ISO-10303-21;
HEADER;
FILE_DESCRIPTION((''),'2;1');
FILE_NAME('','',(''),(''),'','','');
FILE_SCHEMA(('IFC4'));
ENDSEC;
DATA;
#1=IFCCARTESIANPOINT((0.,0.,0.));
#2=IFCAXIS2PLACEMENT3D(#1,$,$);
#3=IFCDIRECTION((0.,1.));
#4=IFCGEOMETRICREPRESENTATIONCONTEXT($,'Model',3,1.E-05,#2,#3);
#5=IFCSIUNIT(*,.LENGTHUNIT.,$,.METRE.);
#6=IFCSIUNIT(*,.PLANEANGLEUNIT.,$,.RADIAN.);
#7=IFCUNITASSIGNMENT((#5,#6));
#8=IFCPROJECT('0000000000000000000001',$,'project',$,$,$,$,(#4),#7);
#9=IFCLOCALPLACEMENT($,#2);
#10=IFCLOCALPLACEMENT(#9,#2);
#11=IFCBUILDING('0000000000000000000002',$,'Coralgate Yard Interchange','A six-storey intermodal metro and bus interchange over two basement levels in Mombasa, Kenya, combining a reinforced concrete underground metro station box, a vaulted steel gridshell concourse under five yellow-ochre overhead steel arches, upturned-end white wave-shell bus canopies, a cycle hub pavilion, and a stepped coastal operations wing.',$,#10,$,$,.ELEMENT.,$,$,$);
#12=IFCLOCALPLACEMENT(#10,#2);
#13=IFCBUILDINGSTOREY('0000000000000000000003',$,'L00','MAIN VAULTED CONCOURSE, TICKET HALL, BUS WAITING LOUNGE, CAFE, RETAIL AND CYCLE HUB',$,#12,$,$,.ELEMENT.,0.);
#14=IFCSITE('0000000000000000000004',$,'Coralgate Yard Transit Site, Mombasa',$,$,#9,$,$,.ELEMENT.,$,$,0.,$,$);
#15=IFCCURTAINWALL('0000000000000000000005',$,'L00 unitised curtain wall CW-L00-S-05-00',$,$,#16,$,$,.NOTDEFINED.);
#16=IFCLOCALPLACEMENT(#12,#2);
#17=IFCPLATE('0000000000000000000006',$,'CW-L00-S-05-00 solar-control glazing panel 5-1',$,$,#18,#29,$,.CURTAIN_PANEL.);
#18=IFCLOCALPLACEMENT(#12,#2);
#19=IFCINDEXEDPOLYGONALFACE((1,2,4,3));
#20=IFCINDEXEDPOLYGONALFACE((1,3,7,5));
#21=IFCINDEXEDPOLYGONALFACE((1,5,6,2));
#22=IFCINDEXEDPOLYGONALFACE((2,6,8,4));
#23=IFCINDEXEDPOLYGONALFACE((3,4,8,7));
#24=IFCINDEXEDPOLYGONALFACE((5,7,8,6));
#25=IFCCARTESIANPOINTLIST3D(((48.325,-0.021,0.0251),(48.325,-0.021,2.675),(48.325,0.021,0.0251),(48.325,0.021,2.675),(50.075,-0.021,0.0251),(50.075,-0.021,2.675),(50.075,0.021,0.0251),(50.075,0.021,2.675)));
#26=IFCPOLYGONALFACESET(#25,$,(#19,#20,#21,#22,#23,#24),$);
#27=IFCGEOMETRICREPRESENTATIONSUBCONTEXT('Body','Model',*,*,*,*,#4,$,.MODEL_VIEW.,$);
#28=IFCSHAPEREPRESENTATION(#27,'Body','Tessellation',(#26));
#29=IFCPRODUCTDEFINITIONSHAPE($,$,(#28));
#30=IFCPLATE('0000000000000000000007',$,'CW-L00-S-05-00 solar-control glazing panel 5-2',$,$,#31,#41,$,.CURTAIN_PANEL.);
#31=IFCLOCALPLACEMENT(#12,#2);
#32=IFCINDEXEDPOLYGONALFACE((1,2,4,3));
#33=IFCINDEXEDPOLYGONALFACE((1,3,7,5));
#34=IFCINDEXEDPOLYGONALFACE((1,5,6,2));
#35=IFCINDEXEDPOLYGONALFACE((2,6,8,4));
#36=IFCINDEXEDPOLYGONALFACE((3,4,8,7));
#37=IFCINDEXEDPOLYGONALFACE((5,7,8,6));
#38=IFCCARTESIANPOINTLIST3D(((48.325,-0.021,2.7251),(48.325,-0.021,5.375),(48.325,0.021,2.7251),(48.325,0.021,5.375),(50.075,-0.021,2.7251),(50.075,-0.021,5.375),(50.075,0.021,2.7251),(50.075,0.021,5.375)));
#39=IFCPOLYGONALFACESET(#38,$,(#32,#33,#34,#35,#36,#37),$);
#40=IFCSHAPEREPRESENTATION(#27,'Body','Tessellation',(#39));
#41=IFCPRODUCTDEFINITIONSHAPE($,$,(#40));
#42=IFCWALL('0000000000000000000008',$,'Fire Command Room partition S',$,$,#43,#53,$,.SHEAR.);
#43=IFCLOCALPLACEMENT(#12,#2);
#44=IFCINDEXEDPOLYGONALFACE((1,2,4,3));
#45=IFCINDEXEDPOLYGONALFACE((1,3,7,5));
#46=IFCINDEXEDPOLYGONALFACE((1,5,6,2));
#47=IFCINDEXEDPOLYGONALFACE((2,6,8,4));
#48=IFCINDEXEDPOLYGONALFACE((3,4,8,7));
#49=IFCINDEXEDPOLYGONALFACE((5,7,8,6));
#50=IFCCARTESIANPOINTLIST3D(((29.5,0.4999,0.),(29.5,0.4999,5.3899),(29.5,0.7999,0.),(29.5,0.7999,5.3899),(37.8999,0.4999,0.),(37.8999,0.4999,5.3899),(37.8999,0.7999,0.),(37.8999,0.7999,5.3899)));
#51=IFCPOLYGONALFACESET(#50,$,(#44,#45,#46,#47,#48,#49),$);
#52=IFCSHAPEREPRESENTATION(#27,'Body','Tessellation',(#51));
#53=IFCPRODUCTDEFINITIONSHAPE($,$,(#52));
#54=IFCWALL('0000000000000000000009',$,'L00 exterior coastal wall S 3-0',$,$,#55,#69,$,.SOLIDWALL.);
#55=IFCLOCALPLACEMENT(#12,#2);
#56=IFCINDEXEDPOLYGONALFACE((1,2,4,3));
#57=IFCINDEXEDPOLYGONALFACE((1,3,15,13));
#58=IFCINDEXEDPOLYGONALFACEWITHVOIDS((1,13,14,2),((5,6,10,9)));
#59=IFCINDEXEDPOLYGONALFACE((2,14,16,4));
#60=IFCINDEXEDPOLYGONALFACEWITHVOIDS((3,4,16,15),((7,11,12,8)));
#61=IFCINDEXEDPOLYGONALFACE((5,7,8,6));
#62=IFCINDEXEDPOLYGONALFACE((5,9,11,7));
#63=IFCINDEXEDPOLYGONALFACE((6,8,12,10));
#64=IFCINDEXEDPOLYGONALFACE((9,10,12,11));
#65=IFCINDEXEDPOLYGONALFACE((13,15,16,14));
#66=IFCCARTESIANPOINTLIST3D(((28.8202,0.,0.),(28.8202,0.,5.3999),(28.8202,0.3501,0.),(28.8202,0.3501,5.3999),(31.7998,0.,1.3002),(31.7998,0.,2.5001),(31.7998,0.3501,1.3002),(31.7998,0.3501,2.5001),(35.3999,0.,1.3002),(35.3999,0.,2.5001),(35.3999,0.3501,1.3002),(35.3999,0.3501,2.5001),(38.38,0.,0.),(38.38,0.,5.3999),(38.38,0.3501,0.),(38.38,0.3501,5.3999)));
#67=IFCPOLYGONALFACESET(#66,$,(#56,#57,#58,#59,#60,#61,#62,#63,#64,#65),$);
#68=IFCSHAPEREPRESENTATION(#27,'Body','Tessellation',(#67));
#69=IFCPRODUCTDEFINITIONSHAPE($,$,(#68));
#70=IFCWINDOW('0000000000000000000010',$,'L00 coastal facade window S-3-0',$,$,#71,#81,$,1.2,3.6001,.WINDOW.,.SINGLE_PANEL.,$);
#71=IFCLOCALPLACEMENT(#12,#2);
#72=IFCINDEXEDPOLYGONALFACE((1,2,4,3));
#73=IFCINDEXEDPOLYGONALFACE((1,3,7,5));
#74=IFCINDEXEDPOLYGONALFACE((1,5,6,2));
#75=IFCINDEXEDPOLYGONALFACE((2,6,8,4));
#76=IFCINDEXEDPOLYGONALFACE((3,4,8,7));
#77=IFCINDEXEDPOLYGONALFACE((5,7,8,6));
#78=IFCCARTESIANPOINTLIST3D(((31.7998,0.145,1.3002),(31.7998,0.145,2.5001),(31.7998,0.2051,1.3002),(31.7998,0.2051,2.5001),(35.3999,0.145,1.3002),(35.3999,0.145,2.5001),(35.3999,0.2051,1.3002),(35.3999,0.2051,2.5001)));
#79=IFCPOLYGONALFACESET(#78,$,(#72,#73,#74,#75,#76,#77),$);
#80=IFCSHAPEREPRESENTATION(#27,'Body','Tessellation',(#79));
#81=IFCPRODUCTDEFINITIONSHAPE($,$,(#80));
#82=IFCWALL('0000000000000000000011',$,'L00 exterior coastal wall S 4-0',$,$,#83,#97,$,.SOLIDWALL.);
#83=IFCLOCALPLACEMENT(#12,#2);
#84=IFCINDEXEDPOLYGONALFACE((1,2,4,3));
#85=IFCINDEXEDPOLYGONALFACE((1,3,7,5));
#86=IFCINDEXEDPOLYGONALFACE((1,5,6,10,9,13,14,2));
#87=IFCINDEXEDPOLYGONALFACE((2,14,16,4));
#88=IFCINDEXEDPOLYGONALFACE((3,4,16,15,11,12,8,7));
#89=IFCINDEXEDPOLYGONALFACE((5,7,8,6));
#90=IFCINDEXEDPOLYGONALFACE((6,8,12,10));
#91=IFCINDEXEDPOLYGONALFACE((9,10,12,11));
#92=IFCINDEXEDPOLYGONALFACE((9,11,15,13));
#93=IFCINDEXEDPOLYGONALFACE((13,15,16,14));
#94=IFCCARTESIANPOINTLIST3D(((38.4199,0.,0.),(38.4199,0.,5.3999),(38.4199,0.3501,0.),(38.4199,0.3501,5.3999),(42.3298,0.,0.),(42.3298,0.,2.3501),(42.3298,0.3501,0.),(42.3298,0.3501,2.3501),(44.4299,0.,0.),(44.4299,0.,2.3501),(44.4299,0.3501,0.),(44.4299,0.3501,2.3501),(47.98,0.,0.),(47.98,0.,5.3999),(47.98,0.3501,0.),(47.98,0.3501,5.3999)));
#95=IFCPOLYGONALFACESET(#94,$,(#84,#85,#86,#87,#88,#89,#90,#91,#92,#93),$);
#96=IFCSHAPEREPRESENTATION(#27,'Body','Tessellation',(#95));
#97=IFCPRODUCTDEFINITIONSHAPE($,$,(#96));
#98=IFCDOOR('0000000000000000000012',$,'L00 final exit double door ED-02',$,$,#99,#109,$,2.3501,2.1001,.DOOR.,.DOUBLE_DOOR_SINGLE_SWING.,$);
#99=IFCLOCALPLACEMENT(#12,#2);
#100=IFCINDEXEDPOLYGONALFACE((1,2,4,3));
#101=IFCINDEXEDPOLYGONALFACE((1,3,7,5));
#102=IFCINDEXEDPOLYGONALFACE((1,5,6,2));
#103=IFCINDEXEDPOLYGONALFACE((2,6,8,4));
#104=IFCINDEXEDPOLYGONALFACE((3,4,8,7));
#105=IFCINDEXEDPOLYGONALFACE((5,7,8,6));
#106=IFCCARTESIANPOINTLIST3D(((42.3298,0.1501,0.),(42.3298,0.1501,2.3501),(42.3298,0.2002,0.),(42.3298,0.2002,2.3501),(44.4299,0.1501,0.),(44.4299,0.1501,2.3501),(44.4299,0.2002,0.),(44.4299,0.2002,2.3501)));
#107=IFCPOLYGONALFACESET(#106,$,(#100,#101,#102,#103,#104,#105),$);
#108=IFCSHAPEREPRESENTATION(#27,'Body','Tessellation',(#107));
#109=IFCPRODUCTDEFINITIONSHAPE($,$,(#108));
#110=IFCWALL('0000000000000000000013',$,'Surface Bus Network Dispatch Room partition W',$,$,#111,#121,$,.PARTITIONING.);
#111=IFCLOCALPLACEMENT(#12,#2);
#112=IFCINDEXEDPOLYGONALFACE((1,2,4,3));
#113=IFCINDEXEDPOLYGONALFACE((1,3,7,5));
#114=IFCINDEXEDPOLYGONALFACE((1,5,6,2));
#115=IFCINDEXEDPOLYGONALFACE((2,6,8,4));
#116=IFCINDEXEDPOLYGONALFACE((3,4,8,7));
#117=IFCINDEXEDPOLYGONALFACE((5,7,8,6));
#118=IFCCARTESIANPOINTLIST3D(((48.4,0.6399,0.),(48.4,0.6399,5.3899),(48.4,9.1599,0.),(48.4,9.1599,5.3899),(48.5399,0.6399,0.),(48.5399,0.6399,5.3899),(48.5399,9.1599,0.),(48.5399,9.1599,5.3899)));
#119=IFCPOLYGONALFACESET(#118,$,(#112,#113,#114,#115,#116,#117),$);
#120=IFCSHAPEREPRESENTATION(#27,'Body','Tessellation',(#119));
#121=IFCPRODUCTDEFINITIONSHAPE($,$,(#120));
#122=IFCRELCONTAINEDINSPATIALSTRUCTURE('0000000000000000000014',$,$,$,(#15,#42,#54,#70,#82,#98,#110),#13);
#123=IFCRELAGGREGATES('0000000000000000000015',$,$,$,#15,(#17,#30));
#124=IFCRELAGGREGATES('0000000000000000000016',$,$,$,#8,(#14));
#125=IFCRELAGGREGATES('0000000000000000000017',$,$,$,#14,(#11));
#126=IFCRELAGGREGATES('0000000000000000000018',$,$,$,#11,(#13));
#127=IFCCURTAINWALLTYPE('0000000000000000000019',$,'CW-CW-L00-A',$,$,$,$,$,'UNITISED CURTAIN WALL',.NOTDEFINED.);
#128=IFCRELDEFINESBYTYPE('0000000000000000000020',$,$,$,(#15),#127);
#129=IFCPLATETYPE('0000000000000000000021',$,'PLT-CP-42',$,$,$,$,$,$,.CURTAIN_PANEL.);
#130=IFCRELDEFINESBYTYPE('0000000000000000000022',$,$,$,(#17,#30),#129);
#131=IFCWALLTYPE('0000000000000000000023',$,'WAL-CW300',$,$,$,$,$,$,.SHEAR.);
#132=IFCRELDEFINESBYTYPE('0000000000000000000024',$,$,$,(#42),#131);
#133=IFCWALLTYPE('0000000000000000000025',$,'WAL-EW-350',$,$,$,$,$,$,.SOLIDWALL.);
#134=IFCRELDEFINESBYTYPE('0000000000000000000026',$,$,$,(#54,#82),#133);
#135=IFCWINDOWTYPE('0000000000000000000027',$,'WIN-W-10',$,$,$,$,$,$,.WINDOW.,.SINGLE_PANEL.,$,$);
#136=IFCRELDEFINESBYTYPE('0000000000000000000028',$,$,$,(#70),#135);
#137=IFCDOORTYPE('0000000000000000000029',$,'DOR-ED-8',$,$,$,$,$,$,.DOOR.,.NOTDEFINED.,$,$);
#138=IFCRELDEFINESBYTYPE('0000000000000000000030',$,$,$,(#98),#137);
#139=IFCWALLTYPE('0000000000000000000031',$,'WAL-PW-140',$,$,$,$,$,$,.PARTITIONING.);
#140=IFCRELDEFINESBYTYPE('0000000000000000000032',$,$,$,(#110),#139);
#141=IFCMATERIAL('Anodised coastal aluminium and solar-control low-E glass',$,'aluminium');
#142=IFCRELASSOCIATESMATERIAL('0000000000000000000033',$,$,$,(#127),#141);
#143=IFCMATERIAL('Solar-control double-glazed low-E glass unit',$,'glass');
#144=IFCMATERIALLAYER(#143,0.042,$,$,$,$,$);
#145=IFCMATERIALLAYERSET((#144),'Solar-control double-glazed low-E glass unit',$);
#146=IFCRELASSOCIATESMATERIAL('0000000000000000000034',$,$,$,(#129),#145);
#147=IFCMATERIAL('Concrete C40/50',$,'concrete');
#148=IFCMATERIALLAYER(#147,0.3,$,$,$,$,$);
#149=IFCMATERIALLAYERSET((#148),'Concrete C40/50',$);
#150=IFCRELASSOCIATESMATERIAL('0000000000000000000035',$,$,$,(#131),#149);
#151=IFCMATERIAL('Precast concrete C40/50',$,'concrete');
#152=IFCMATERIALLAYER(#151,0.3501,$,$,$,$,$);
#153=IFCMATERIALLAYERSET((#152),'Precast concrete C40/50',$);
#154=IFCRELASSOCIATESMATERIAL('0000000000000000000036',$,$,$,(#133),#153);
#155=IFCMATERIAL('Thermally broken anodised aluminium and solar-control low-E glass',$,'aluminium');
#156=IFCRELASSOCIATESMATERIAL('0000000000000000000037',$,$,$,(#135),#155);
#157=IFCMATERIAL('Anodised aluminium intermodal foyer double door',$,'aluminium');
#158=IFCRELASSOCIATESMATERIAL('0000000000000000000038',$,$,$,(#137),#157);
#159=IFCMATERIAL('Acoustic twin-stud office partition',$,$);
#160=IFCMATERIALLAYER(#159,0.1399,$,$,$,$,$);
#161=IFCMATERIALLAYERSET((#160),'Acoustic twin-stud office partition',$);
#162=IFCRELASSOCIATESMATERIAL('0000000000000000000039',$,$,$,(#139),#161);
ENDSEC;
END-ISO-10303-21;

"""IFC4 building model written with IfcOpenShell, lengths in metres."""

from ifc_helpers import new_model, si_unit, direction, frame, frame_2d, origin, origin_2d, place, context, subcontext, project, spatial, rectangle, extrude, material, layer, layer_set, type_object, element, fill, aggregate, save


model = new_model("IFC4")

# Units and contexts
model_context = context("Model", 3, precision=1e-05, world=origin(), true_north=direction((0.0, 1.0)))
body_context = subcontext(model_context, "Body", "Model", "MODEL_VIEW")
ifc_project = project(units=[si_unit("LENGTHUNIT", "METRE"), si_unit("PLANEANGLEUNIT", "RADIAN")], contexts=[model_context])

# Site, building, storey
site_placement = place(None, origin())
site = spatial("IfcSite", under=ifc_project, at=site_placement, Name="Coralgate Yard Transit Site, Mombasa", CompositionType="ELEMENT", RefElevation=0.0)
building_placement = place(site_placement, origin())
building = spatial("IfcBuilding", under=site, at=building_placement, Name="Coralgate Yard Interchange", Description="A six-storey intermodal metro and bus interchange over two basement levels in Mombasa, Kenya, combining a reinforced concrete underground metro station box, a vaulted steel gridshell concourse under five yellow-ochre overhead steel arches, upturned-end white wave-shell bus canopies, a cycle hub pavilion, and a stepped coastal operations wing.", CompositionType="ELEMENT")
storey_placement = place(building_placement, origin())
storey = spatial("IfcBuildingStorey", under=building, at=storey_placement, Name="L00", Description="MAIN VAULTED CONCOURSE, TICKET HALL, BUS WAITING LOUNGE, CAFE, RETAIL AND CYCLE HUB", CompositionType="ELEMENT", Elevation=0.0)

# Shared definitions
ifc_material_1 = material(Name="Concrete C40/50", Category="concrete")

# Curtain wall, plates
ifc_material_2 = material(Name="Anodised coastal aluminium and solar-control low-E glass", Category="aluminium")
curtain_wall_type = type_object("IfcCurtainWallType", Name="CW-CW-L00-A", ElementType="UNITISED CURTAIN WALL", PredefinedType="NOTDEFINED", material=ifc_material_2)
curtain_wall_placement = place(storey_placement, origin())
curtain_wall = element("IfcCurtainWall", 1, at=curtain_wall_placement, inside=storey, type_object=curtain_wall_type, Name="L00 unitised curtain wall CW-L00-S-05-00", PredefinedType="NOTDEFINED")
ifc_material_3 = material(Name="Solar-control double-glazed low-E glass unit", Category="glass")
ifc_layer_1 = layer(ifc_material_3, 0.042)
ifc_layer_set_1 = layer_set([ifc_layer_1], Name="Solar-control double-glazed low-E glass unit")
plate_type = type_object("IfcPlateType", Name="PLT-CP-42", PredefinedType="CURTAIN_PANEL", material=ifc_layer_set_1)
plate_1_placement = place(storey_placement, frame((49.2, 0.0, 0.0251), z_axis=(0.0, 0.0, 1.0), x_axis=(-1.0, 0.0, 0.0)))
plate_1 = element("IfcPlate", 2, at=plate_1_placement, type_object=plate_type, Name="CW-L00-S-05-00 solar-control glazing panel 5-1", PredefinedType="CURTAIN_PANEL", context=body_context, shape_type="SweptSolid", body=[
    extrude(rectangle(XDim=1.75, YDim=0.042, at=origin_2d()), origin(), (0.0, 0.0, 1.0), 2.6499),
])
plate_2_placement = place(storey_placement, frame((49.2, 0.0, 2.7251), z_axis=(0.0, 0.0, 1.0), x_axis=(-1.0, 0.0, 0.0)))
plate_2 = element("IfcPlate", 3, at=plate_2_placement, type_object=plate_type, Name="CW-L00-S-05-00 solar-control glazing panel 5-2", PredefinedType="CURTAIN_PANEL", context=body_context, shape_type="SweptSolid", body=[
    extrude(rectangle(XDim=1.75, YDim=0.042, at=origin_2d()), origin(), (0.0, 0.0, 1.0), 2.6499),
])
aggregate(curtain_wall, [plate_1, plate_2])

# Wall
ifc_layer_2 = layer(ifc_material_1, 0.3)
ifc_layer_set_2 = layer_set([ifc_layer_2], Name="Concrete C40/50")
wall_type_1 = type_object("IfcWallType", Name="WAL-CW300", PredefinedType="SHEAR", material=ifc_layer_set_2)
wall_1_placement = place(storey_placement, frame((37.8999, 0.6499, 0.0), z_axis=(0.0, 0.0, 1.0), x_axis=(-1.0, 0.0, 0.0)))
element("IfcWall", 4, at=wall_1_placement, inside=storey, type_object=wall_type_1, Name="Fire Command Room partition S", PredefinedType="SHEAR", context=body_context, shape_type="SweptSolid", body=[
    extrude(rectangle(XDim=8.3999, YDim=0.3, at=frame_2d((4.2, 0.0))), origin(), (0.0, 0.0, 1.0), 5.3899),
])

# Wall, opening, window
ifc_material_4 = material(Name="Precast concrete C40/50", Category="concrete")
ifc_layer_3 = layer(ifc_material_4, 0.3501)
ifc_layer_set_3 = layer_set([ifc_layer_3], Name="Precast concrete C40/50")
wall_type_2 = type_object("IfcWallType", Name="WAL-EW-350", PredefinedType="SOLIDWALL", material=ifc_layer_set_3)
wall_2_placement = place(storey_placement, frame((38.3799, 0.175, 0.0), z_axis=(0.0, 0.0, 1.0), x_axis=(-1.0, 0.0, 0.0)))
wall_2 = element("IfcWall", 5, at=wall_2_placement, inside=storey, type_object=wall_type_2, Name="L00 exterior coastal wall S 3-0", PredefinedType="SOLIDWALL", context=body_context, shape_type="SweptSolid", body=[
    extrude(rectangle(XDim=9.5598, YDim=0.3501, at=frame_2d((4.7798, 0.0))), origin(), (0.0, 0.0, 1.0), 5.3999),
])
opening_1_placement = place(wall_2_placement, frame((2.98, 0.0, 1.3)))
opening_1 = element("IfcOpeningElement", 6, at=opening_1_placement, cuts=wall_2, PredefinedType="OPENING", context=body_context, shape_type="SweptSolid", body=[
    extrude(rectangle(XDim=3.6001, YDim=1.2, at=frame_2d((1.8, 0.6001))), frame((0.0, 0.1851, 0.0), z_axis=(0.0, -1.0, 0.0), x_axis=(1.0, 0.0, 0.0)), (0.0, 0.0, 1.0), 0.3701),
])
ifc_material_5 = material(Name="Thermally broken anodised aluminium and solar-control low-E glass", Category="aluminium")
window_type = type_object("IfcWindowType", Name="WIN-W-10", PartitioningType="SINGLE_PANEL", PredefinedType="WINDOW", material=ifc_material_5)
window_placement = place(opening_1_placement, origin())
window = element("IfcWindow", 7, at=window_placement, inside=storey, type_object=window_type, Name="L00 coastal facade window S-3-0", OverallHeight=1.2, OverallWidth=3.6001, PartitioningType="SINGLE_PANEL", PredefinedType="WINDOW", context=body_context, shape_type="SweptSolid", body=[
    extrude(rectangle(XDim=3.6001, YDim=1.2, at=frame_2d((1.8, 0.6001))), frame((0.0, 0.03, 0.0), z_axis=(0.0, -1.0, 0.0), x_axis=(1.0, 0.0, 0.0)), (0.0, 0.0, 1.0), 0.0601),
])
fill(opening_1, window)

# Wall, opening, door
wall_3_placement = place(storey_placement, frame((47.98, 0.175, 0.0), z_axis=(0.0, 0.0, 1.0), x_axis=(-1.0, 0.0, 0.0)))
wall_3 = element("IfcWall", 8, at=wall_3_placement, inside=storey, type_object=wall_type_2, Name="L00 exterior coastal wall S 4-0", PredefinedType="SOLIDWALL", context=body_context, shape_type="SweptSolid", body=[
    extrude(rectangle(XDim=9.5601, YDim=0.3501, at=frame_2d((4.78, 0.0))), origin(), (0.0, 0.0, 1.0), 5.3999),
])
opening_2_placement = place(wall_3_placement, frame((3.55, 0.0, 0.0)))
opening_2 = element("IfcOpeningElement", 9, at=opening_2_placement, cuts=wall_3, PredefinedType="OPENING", context=body_context, shape_type="SweptSolid", body=[
    extrude(rectangle(XDim=2.1001, YDim=2.3501, at=frame_2d((1.05, 1.175))), frame((0.0, 0.1851, 0.0), z_axis=(0.0, -1.0, 0.0), x_axis=(1.0, 0.0, 0.0)), (0.0, 0.0, 1.0), 0.3701),
])
ifc_material_6 = material(Name="Anodised aluminium intermodal foyer double door", Category="aluminium")
door_type = type_object("IfcDoorType", Name="DOR-ED-8", OperationType="NOTDEFINED", PredefinedType="DOOR", material=ifc_material_6)
door_placement = place(opening_2_placement, origin())
door = element("IfcDoor", 10, at=door_placement, inside=storey, type_object=door_type, Name="L00 final exit double door ED-02", OperationType="DOUBLE_DOOR_SINGLE_SWING", OverallHeight=2.3501, OverallWidth=2.1001, PredefinedType="DOOR", context=body_context, shape_type="SweptSolid", body=[
    extrude(rectangle(XDim=2.1001, YDim=2.3501, at=frame_2d((1.05, 1.175))), frame((0.0, 0.0249, 0.0), z_axis=(0.0, -1.0, 0.0), x_axis=(1.0, 0.0, 0.0)), (0.0, 0.0, 1.0), 0.05),
])
fill(opening_2, door)

# Wall
ifc_material_7 = material(Name="Acoustic twin-stud office partition")
ifc_layer_4 = layer(ifc_material_7, 0.1399)
ifc_layer_set_4 = layer_set([ifc_layer_4], Name="Acoustic twin-stud office partition")
wall_type_3 = type_object("IfcWallType", Name="WAL-PW-140", PredefinedType="PARTITIONING", material=ifc_layer_set_4)
wall_4_placement = place(storey_placement, frame((48.47, 0.6399, 0.0), z_axis=(0.0, 0.0, 1.0), x_axis=(0.0, 1.0, 0.0)))
element("IfcWall", 11, at=wall_4_placement, inside=storey, type_object=wall_type_3, Name="Surface Bus Network Dispatch Room partition W", PredefinedType="PARTITIONING", context=body_context, shape_type="SweptSolid", body=[
    extrude(rectangle(XDim=8.52, YDim=0.1399, at=frame_2d((4.26, 0.0))), origin(), (0.0, 0.0, 1.0), 5.3899),
])

save(model, "model.ifc")
